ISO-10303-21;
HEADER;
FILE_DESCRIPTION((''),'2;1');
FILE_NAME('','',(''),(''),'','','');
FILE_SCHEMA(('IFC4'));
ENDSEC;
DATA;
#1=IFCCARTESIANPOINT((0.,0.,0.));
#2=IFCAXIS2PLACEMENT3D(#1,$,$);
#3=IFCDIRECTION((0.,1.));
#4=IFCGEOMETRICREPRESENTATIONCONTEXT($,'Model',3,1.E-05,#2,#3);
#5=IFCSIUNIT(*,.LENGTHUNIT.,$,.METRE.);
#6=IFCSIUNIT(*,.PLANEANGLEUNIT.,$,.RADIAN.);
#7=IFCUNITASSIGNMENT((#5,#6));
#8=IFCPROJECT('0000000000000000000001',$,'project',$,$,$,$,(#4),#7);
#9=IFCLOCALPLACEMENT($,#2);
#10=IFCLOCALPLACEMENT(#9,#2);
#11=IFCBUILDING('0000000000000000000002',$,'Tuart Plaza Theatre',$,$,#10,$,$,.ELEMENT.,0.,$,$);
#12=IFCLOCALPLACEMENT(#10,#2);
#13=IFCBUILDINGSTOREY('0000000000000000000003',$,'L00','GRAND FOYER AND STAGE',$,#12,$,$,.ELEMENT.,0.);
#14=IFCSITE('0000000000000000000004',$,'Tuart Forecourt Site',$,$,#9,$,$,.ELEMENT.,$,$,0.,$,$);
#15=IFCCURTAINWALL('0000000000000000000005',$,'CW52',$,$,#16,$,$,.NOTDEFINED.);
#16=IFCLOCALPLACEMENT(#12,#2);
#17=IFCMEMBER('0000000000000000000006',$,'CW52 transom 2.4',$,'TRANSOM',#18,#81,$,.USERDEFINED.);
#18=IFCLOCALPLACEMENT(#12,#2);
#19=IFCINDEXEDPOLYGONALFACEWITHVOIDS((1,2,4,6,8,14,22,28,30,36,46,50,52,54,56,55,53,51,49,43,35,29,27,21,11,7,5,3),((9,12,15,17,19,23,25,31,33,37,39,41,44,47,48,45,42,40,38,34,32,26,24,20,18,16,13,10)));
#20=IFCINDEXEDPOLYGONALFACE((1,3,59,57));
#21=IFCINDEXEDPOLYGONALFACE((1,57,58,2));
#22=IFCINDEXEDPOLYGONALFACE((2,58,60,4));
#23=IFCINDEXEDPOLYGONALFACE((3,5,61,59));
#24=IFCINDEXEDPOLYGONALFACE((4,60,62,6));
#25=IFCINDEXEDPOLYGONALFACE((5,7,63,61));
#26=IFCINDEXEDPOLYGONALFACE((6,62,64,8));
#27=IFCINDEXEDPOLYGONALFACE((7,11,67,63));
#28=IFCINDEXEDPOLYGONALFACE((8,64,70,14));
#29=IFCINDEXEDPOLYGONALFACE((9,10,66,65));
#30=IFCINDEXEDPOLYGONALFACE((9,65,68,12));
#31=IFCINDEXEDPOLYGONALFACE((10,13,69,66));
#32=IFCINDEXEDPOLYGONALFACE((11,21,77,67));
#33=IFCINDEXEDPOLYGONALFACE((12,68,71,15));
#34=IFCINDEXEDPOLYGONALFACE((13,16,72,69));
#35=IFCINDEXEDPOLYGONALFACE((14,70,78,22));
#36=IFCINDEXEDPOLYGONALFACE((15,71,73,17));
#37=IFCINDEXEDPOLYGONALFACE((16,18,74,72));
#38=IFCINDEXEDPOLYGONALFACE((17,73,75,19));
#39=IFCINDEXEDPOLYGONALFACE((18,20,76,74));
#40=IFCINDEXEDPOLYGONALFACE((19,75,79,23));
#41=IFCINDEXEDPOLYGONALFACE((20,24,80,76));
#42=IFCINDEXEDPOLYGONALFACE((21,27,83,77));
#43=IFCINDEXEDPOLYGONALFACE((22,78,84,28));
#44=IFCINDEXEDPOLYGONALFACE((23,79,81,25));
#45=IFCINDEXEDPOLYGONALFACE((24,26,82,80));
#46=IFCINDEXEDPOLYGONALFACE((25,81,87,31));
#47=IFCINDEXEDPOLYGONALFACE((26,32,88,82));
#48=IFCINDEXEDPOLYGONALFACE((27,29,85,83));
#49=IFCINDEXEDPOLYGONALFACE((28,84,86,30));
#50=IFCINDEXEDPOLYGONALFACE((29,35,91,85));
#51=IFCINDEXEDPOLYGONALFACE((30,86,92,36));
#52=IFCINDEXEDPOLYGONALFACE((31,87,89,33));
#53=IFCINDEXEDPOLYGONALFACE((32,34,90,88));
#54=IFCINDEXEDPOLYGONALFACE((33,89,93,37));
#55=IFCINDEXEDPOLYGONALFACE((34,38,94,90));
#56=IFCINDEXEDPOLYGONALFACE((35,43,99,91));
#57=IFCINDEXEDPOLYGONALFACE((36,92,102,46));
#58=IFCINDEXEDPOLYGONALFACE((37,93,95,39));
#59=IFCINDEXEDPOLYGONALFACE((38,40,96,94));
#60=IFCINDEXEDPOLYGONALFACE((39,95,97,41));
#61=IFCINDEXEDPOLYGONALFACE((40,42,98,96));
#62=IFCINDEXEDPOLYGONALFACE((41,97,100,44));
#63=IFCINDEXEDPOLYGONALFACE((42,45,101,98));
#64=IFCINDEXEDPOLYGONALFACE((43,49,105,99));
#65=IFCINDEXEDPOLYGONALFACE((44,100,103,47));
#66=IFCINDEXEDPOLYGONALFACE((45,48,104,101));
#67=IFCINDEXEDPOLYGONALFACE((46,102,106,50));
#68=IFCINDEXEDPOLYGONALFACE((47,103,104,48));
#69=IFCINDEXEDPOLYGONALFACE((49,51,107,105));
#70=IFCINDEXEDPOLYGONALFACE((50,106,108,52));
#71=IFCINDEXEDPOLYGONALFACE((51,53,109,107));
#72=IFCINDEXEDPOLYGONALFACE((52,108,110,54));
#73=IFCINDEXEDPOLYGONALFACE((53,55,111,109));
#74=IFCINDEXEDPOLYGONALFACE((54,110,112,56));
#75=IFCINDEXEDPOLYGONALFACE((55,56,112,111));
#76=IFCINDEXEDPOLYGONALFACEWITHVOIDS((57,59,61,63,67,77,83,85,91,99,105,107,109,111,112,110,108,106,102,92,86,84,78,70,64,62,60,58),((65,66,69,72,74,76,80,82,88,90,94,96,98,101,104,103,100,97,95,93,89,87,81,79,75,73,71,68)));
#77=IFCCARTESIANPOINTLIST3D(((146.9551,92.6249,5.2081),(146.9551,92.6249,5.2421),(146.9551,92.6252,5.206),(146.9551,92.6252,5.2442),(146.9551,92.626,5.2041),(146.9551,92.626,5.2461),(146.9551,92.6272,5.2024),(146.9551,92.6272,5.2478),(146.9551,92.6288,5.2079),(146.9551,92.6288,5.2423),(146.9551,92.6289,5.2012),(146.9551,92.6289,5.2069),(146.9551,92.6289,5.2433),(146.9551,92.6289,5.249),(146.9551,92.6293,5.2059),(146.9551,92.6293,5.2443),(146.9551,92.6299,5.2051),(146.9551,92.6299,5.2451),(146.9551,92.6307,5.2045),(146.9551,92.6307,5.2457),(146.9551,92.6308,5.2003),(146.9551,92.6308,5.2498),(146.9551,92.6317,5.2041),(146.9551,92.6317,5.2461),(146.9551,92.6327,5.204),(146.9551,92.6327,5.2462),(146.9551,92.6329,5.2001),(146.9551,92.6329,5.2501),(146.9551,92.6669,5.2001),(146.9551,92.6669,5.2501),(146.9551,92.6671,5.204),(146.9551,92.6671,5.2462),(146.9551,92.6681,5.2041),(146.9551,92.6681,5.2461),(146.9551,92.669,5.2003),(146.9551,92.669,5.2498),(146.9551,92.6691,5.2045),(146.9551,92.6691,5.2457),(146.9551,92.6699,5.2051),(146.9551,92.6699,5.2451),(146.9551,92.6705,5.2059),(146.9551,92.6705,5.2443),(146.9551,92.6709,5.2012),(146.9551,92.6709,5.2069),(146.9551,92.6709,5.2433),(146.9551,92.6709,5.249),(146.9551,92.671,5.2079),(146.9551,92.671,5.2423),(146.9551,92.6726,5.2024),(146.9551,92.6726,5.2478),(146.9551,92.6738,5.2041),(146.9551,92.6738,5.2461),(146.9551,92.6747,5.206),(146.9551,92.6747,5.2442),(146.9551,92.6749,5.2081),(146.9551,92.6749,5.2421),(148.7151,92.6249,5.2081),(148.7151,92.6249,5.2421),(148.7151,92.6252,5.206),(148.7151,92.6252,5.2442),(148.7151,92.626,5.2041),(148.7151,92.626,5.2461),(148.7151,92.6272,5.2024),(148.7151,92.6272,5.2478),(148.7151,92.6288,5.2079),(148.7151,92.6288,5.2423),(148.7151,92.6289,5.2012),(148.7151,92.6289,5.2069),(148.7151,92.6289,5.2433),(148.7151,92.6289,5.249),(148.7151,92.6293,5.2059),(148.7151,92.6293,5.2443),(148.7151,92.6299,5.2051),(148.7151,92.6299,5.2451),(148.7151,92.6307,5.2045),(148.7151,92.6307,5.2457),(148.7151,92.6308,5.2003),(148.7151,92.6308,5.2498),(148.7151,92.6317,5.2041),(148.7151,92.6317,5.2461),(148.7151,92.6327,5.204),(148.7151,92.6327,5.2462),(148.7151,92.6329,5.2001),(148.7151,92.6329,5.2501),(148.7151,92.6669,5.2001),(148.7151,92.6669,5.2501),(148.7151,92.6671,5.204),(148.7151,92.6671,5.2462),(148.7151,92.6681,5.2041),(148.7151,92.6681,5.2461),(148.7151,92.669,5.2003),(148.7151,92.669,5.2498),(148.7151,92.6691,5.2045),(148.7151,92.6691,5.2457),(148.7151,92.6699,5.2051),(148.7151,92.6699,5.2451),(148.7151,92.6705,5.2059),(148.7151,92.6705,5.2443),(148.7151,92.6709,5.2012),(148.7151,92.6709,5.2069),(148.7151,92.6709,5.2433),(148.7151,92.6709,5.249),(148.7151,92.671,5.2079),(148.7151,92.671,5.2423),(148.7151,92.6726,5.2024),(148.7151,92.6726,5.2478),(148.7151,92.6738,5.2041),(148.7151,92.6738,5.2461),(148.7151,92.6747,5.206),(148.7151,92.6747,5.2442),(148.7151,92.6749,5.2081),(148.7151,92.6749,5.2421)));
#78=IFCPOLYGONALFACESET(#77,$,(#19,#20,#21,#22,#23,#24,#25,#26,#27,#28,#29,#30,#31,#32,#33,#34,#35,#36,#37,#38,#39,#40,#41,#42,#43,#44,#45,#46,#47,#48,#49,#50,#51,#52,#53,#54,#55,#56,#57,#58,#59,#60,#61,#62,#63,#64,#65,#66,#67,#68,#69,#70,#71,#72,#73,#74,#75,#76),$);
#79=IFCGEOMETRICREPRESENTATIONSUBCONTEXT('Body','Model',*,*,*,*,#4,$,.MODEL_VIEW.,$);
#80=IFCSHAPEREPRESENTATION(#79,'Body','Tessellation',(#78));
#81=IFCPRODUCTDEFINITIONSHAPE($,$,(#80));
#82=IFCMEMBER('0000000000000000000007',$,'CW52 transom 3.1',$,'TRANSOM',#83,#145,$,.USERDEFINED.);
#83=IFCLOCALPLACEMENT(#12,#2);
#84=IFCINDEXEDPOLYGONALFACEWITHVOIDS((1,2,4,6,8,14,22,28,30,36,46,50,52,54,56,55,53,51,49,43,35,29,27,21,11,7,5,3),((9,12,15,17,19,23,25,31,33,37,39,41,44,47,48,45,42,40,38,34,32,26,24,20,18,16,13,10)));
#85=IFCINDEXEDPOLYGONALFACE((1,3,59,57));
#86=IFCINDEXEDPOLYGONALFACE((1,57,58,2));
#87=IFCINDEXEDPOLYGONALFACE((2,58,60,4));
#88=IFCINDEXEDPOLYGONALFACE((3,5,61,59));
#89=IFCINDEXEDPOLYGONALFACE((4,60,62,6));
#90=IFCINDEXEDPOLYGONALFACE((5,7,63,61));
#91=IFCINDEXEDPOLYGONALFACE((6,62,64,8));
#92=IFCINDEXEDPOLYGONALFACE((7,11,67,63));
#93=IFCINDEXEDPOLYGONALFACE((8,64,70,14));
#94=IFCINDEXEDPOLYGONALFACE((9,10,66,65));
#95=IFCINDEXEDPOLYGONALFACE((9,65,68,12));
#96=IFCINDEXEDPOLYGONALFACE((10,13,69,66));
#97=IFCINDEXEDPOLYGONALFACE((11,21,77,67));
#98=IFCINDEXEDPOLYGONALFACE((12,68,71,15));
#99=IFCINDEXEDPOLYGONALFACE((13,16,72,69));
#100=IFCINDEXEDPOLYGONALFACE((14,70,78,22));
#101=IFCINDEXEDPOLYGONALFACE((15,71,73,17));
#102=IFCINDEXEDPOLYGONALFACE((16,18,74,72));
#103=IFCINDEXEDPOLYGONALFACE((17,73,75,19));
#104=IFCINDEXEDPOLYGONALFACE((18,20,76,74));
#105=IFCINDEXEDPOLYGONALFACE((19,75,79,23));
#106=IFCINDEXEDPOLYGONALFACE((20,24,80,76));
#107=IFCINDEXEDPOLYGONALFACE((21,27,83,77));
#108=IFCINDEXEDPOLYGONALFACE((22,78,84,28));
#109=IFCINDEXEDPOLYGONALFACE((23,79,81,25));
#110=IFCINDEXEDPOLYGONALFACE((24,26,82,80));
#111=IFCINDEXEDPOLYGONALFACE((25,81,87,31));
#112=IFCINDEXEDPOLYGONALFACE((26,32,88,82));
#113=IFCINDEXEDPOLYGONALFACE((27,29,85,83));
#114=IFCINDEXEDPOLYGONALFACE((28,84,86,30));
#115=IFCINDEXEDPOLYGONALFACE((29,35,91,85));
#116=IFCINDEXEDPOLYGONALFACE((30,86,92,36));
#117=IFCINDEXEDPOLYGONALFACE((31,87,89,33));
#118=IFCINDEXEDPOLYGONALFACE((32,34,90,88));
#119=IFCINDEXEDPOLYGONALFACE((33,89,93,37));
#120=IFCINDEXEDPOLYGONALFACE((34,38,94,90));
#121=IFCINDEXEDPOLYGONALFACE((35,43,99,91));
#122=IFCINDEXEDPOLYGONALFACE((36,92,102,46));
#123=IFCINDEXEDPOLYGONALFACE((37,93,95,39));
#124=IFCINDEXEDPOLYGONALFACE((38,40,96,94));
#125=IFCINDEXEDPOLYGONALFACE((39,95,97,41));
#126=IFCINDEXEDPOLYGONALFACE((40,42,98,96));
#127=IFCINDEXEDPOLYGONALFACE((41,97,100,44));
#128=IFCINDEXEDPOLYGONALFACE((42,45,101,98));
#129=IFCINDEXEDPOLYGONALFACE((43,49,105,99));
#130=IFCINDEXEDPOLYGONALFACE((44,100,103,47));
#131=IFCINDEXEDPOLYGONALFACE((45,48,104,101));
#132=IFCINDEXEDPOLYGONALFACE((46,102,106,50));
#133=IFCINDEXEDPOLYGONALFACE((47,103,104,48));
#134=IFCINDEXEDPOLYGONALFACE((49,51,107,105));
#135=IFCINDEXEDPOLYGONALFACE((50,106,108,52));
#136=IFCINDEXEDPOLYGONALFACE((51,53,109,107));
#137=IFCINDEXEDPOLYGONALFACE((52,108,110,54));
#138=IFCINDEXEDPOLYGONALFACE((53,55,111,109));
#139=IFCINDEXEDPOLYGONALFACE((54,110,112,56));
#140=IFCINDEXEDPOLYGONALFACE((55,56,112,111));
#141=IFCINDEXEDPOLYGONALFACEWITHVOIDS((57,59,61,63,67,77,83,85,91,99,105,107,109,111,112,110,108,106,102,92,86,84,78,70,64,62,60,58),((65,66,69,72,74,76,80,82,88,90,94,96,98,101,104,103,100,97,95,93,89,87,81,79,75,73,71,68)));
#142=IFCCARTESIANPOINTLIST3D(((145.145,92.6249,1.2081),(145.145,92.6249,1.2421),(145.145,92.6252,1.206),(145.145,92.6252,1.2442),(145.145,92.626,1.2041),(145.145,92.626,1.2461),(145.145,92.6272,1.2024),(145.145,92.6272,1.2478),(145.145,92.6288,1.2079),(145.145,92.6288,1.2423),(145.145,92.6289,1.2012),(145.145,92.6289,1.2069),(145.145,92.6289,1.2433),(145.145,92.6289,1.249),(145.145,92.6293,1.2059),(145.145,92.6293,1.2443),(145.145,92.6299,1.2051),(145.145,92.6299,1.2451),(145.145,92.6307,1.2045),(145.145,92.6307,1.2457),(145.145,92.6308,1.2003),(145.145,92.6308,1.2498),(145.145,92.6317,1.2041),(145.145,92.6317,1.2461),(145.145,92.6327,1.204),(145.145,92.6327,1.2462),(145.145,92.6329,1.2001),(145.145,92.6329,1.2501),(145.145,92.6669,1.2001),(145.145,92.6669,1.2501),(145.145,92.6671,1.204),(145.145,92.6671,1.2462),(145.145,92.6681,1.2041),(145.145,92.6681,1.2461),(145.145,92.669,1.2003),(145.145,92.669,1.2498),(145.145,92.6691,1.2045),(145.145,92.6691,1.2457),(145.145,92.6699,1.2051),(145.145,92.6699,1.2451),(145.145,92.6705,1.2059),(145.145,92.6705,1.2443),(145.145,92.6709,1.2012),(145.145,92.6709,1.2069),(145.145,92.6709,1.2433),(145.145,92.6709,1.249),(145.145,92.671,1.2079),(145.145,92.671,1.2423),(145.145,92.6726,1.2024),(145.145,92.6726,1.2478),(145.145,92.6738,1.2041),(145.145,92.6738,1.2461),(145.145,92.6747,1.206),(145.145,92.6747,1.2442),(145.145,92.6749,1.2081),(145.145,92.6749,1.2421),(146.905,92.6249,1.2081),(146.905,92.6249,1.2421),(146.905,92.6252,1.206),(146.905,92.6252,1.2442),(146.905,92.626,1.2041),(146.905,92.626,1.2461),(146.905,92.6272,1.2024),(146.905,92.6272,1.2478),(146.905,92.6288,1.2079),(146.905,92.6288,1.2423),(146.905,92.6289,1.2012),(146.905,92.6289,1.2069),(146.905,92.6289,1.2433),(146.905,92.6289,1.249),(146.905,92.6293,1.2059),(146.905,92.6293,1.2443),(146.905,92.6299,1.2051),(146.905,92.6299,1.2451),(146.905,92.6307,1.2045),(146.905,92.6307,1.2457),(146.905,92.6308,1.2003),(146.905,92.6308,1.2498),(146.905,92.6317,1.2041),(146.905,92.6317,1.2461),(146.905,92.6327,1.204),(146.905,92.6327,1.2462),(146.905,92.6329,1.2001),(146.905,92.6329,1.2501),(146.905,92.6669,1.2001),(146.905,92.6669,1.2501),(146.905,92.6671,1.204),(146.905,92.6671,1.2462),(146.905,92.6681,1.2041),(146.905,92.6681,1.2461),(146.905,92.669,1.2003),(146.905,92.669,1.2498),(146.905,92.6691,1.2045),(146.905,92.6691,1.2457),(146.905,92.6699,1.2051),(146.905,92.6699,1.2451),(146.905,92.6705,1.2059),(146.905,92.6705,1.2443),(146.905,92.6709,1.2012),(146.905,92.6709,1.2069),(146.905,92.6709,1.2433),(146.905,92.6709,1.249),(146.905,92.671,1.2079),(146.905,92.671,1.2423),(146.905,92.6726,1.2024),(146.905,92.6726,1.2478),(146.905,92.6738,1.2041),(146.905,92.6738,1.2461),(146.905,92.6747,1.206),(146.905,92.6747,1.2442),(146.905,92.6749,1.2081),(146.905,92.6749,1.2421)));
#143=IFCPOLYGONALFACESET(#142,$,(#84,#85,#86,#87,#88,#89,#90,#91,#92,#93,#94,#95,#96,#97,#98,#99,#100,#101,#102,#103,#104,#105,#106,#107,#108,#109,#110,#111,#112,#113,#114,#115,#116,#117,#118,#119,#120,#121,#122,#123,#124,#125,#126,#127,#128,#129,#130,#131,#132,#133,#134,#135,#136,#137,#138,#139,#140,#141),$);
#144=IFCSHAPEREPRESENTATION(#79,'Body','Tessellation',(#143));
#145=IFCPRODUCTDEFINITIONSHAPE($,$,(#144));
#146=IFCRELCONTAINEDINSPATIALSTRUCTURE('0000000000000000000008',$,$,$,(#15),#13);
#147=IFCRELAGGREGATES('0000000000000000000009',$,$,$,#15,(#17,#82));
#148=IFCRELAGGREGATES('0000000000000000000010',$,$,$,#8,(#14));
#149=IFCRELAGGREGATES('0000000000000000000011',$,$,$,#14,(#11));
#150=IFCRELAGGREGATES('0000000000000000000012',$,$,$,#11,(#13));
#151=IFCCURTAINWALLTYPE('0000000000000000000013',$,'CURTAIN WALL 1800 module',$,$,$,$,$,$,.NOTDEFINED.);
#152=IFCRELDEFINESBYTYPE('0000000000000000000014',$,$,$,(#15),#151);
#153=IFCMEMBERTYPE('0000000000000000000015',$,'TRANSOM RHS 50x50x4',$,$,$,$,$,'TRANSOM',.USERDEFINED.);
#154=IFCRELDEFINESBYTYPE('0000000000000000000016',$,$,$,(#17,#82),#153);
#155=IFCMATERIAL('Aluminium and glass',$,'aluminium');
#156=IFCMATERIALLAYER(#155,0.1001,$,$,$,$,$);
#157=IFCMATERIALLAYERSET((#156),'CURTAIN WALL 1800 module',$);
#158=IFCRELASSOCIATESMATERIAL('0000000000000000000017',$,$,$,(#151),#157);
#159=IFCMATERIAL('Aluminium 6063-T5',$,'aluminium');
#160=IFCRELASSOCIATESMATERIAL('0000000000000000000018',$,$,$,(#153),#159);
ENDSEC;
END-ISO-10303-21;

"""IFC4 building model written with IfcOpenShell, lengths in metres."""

from ifc_helpers import new_model, si_unit, direction, frame, origin, origin_2d, place, context, subcontext, project, spatial, hollow_rectangle, extrude, material, layer, layer_set, material_profile, profile_set, type_object, element, aggregate, save


model = new_model("IFC4")

# Units and contexts
model_context = context("Model", 3, precision=1e-05, world=origin(), true_north=direction((0.0, 1.0)))
body_context = subcontext(model_context, "Body", "Model", "MODEL_VIEW")
ifc_project = project(units=[si_unit("LENGTHUNIT", "METRE"), si_unit("PLANEANGLEUNIT", "RADIAN")], contexts=[model_context])

# Site, building, storey
site_placement = place(None, origin())
site = spatial("IfcSite", under=ifc_project, at=site_placement, Name="Tuart Forecourt Site", CompositionType="ELEMENT", RefElevation=0.0)
building_placement = place(site_placement, origin())
building = spatial("IfcBuilding", under=site, at=building_placement, Name="Tuart Plaza Theatre", CompositionType="ELEMENT", ElevationOfRefHeight=0.0)
storey_placement = place(building_placement, origin())
storey = spatial("IfcBuildingStorey", under=building, at=storey_placement, Name="L00", Description="GRAND FOYER AND STAGE", CompositionType="ELEMENT", Elevation=0.0)

# Curtain wall, members
ifc_material_1 = material(Name="Aluminium and glass", Category="aluminium")
ifc_layer_1 = layer(ifc_material_1, 0.1001)
ifc_layer_set_1 = layer_set([ifc_layer_1], Name="CURTAIN WALL 1800 module")
curtain_wall_type = type_object("IfcCurtainWallType", Name="CURTAIN WALL 1800 module", PredefinedType="NOTDEFINED", material=ifc_layer_set_1)
curtain_wall_placement = place(storey_placement, origin())
curtain_wall = element("IfcCurtainWall", 1, at=curtain_wall_placement, inside=storey, type_object=curtain_wall_type, Name="CW52", PredefinedType="NOTDEFINED")
ifc_material_2 = material(Name="Aluminium 6063-T5", Category="aluminium")
ifc_material_profile_1 = material_profile(ifc_material_2, hollow_rectangle(XDim=0.05, YDim=0.05, WallThickness=0.0039, InnerFilletRadius=0.0039, OuterFilletRadius=0.0081, at=origin_2d()), Name="RHS 50x50x4")
ifc_profile_set_1 = profile_set([ifc_material_profile_1], Name="Aluminium 6063-T5")
member_type_1 = type_object("IfcMemberType", Name="TRANSOM RHS 50x50x4", ElementType="TRANSOM", PredefinedType="USERDEFINED", material=ifc_profile_set_1)
member_1_placement = place(storey_placement, frame((148.7151, 92.6499, 5.2251), z_axis=(-1.0, 0.0, 0.0), x_axis=(0.0, -1.0, 0.0)))
member_1 = element("IfcMember", 2, at=member_1_placement, type_object=member_type_1, Name="CW52 transom 2.4", ObjectType="TRANSOM", PredefinedType="USERDEFINED", context=body_context, shape_type="SweptSolid", body=[
    extrude(hollow_rectangle(XDim=0.05, YDim=0.05, WallThickness=0.0039, InnerFilletRadius=0.0039, OuterFilletRadius=0.0081, at=origin_2d()), origin(), (0.0, 0.0, 1.0), 1.76),
])
member_2_placement = place(storey_placement, frame((146.905, 92.6499, 1.2251), z_axis=(-1.0, 0.0, 0.0), x_axis=(0.0, -1.0, 0.0)))
member_2 = element("IfcMember", 3, at=member_2_placement, type_object=member_type_1, Name="CW52 transom 3.1", ObjectType="TRANSOM", PredefinedType="USERDEFINED", context=body_context, shape_type="SweptSolid", body=[
    extrude(hollow_rectangle(XDim=0.05, YDim=0.05, WallThickness=0.0039, InnerFilletRadius=0.0039, OuterFilletRadius=0.0081, at=origin_2d()), origin(), (0.0, 0.0, 1.0), 1.76),
])
aggregate(curtain_wall, [member_1, member_2])

save(model, "model.ifc")
